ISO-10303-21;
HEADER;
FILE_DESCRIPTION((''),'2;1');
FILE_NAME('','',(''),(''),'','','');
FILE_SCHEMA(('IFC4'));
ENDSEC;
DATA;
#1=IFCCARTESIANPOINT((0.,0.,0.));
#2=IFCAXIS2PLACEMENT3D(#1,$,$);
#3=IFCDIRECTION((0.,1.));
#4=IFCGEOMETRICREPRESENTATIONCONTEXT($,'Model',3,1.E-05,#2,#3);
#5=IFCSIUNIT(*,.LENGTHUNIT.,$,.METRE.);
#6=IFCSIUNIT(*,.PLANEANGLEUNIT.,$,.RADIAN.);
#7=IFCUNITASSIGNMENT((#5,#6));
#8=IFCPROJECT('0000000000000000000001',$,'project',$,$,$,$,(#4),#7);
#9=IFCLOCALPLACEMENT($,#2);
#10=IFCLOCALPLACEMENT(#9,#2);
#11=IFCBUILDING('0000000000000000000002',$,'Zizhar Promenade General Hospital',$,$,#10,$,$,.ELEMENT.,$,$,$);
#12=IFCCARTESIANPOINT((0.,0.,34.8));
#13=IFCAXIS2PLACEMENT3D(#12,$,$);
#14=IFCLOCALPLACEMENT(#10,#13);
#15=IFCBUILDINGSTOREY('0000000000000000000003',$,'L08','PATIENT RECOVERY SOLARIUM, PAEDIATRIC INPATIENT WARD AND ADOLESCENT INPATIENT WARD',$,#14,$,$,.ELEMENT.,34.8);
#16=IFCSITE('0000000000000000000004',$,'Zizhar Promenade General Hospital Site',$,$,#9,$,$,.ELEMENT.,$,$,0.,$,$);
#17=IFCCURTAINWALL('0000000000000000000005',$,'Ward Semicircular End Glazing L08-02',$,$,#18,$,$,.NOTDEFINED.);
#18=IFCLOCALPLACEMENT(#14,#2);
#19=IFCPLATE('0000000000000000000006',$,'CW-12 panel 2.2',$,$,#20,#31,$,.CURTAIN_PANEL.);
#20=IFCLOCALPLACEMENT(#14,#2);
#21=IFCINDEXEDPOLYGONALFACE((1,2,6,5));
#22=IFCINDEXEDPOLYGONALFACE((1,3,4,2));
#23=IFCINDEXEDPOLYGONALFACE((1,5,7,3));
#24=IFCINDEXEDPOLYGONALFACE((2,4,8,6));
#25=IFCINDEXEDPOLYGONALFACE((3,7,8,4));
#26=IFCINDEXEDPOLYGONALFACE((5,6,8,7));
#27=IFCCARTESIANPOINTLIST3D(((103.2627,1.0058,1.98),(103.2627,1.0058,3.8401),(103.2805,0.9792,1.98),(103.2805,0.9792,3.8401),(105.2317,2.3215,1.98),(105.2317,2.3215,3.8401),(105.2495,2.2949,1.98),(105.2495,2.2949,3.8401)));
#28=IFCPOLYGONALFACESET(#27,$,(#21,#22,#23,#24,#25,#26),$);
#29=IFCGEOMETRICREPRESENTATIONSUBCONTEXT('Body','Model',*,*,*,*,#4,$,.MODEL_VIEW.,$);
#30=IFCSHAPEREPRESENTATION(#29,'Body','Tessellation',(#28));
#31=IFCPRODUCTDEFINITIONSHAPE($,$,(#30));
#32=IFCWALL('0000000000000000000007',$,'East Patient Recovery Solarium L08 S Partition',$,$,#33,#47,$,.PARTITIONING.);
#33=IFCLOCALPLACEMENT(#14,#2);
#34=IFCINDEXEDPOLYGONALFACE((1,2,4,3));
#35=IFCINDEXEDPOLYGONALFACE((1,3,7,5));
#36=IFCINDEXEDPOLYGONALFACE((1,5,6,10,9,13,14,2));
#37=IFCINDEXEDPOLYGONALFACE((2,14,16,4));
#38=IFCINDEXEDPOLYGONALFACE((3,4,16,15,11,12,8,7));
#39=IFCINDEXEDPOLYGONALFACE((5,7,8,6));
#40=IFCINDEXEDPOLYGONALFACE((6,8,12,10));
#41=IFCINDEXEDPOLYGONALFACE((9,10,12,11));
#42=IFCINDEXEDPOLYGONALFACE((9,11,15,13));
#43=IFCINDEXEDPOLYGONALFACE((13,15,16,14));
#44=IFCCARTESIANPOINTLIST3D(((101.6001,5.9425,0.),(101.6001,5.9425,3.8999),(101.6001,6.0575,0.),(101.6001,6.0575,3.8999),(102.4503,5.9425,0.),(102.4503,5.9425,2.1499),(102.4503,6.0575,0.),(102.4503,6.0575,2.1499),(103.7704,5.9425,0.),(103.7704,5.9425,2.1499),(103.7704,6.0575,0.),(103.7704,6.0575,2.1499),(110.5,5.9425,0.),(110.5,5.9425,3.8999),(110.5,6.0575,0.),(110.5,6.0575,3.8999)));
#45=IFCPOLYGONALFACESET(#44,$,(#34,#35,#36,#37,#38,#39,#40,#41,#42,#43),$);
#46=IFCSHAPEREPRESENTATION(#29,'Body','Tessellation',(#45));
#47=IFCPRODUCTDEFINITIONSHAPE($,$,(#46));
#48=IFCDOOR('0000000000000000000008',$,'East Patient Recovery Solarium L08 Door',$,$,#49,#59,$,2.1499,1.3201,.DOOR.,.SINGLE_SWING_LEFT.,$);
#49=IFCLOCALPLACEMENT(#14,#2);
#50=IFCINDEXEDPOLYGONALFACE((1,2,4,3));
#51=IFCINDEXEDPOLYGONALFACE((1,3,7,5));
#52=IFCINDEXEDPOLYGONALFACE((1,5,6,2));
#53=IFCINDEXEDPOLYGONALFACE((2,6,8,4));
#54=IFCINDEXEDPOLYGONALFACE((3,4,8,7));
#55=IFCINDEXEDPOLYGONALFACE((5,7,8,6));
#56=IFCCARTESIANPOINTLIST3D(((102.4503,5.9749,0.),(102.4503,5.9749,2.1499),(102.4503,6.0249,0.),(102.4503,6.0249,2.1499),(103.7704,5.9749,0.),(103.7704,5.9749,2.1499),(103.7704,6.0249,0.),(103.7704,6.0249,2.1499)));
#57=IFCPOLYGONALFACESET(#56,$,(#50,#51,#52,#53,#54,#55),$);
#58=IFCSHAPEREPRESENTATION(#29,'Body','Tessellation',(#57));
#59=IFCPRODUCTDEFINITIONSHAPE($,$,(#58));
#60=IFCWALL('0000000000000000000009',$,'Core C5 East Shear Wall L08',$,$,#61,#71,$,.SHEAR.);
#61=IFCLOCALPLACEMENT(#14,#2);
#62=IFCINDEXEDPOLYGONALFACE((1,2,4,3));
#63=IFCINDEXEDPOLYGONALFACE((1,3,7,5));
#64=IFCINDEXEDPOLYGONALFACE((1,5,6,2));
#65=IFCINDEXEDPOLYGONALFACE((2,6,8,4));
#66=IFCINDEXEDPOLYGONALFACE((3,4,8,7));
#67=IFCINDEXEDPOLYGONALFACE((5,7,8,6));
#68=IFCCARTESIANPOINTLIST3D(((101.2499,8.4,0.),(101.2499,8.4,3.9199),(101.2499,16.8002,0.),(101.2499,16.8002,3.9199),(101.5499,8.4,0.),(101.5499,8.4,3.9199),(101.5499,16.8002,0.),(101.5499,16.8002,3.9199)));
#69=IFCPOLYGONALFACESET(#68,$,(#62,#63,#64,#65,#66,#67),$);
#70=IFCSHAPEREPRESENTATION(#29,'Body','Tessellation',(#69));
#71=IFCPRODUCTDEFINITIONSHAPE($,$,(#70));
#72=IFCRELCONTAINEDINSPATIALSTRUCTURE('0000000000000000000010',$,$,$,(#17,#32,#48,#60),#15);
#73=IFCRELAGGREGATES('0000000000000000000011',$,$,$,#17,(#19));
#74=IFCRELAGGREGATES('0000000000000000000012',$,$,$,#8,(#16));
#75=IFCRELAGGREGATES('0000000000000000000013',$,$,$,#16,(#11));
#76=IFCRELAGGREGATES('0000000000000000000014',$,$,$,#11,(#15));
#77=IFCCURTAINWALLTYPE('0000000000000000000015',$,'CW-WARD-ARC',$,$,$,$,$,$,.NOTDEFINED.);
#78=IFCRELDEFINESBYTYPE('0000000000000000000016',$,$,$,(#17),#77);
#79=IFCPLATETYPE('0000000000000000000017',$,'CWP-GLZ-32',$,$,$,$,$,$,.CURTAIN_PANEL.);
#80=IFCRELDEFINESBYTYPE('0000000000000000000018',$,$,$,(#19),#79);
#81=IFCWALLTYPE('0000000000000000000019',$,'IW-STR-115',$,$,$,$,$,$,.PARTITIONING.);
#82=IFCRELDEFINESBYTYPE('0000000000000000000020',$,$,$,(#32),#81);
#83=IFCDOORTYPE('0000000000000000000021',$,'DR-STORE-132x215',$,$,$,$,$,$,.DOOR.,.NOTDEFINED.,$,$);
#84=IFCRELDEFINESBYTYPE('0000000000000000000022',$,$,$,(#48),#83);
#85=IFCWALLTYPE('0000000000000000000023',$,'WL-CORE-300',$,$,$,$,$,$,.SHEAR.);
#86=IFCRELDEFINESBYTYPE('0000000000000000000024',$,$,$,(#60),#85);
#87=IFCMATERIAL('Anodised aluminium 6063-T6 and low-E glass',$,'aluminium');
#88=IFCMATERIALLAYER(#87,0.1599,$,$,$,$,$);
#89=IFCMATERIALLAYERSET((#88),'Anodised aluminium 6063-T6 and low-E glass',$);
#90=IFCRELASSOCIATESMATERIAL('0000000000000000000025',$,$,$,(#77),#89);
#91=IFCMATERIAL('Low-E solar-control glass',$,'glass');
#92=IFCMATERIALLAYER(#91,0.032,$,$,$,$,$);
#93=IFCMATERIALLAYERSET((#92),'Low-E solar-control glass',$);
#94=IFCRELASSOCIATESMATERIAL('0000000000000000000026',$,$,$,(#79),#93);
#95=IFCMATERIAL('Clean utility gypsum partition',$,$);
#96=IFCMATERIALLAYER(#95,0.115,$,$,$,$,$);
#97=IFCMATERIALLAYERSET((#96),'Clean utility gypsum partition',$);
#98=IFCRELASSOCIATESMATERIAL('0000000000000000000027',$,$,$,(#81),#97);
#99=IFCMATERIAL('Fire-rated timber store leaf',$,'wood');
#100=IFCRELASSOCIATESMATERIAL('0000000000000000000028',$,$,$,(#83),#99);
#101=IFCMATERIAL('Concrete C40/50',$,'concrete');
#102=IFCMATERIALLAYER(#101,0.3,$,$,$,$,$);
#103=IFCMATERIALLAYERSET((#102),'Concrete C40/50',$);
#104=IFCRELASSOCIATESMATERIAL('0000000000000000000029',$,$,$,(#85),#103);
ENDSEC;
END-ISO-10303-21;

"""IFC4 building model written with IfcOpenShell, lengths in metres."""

from ifc_helpers import new_model, si_unit, direction, frame, frame_2d, origin, origin_2d, place, context, subcontext, project, spatial, rectangle, extrude, material, layer, layer_set, type_object, element, fill, aggregate, save


model = new_model("IFC4")

# Units and contexts
model_context = context("Model", 3, precision=1e-05, world=origin(), true_north=direction((0.0, 1.0)))
body_context = subcontext(model_context, "Body", "Model", "MODEL_VIEW")
ifc_project = project(units=[si_unit("LENGTHUNIT", "METRE"), si_unit("PLANEANGLEUNIT", "RADIAN")], contexts=[model_context])

# Site, building, storey
site_placement = place(None, origin())
site = spatial("IfcSite", under=ifc_project, at=site_placement, Name="Zizhar Promenade General Hospital Site", CompositionType="ELEMENT", RefElevation=0.0)
building_placement = place(site_placement, origin())
building = spatial("IfcBuilding", under=site, at=building_placement, Name="Zizhar Promenade General Hospital", CompositionType="ELEMENT")
storey_placement = place(building_placement, frame((0.0, 0.0, 34.8)))
storey = spatial("IfcBuildingStorey", under=building, at=storey_placement, Name="L08", Description="PATIENT RECOVERY SOLARIUM, PAEDIATRIC INPATIENT WARD AND ADOLESCENT INPATIENT WARD", CompositionType="ELEMENT", Elevation=34.8)

# Curtain wall
ifc_material_1 = material(Name="Anodised aluminium 6063-T6 and low-E glass", Category="aluminium")
ifc_layer_1 = layer(ifc_material_1, 0.1599)
ifc_layer_set_1 = layer_set([ifc_layer_1], Name="Anodised aluminium 6063-T6 and low-E glass")
curtain_wall_type = type_object("IfcCurtainWallType", Name="CW-WARD-ARC", PredefinedType="NOTDEFINED", material=ifc_layer_set_1)
curtain_wall_1_placement = place(storey_placement, origin())
curtain_wall_1 = element("IfcCurtainWall", 1, at=curtain_wall_1_placement, inside=storey, type_object=curtain_wall_type, Name="Ward Semicircular End Glazing L08-02", PredefinedType="NOTDEFINED")

# Plate
ifc_material_2 = material(Name="Low-E solar-control glass", Category="glass")
ifc_layer_2 = layer(ifc_material_2, 0.032)
ifc_layer_set_2 = layer_set([ifc_layer_2], Name="Low-E solar-control glass")
plate_type = type_object("IfcPlateType", Name="CWP-GLZ-32", PredefinedType="CURTAIN_PANEL", material=ifc_layer_set_2)
plate_1_placement = place(storey_placement, frame((104.2561, 1.6504, 1.98), z_axis=(0.0, 0.0, 1.0), x_axis=(-0.831462, -0.555582, 0.0)))
plate_1 = element("IfcPlate", 2, at=plate_1_placement, type_object=plate_type, Name="CW-12 panel 2.2", PredefinedType="CURTAIN_PANEL", context=body_context, shape_type="SweptSolid", body=[
    extrude(rectangle(XDim=2.3682, YDim=0.032, at=origin_2d()), origin(), (0.0, 0.0, 1.0), 1.8601),
])
aggregate(curtain_wall_1, [plate_1])

# Wall, opening, door
ifc_material_3 = material(Name="Clean utility gypsum partition")
ifc_layer_3 = layer(ifc_material_3, 0.115)
ifc_layer_set_3 = layer_set([ifc_layer_3], Name="Clean utility gypsum partition")
wall_type_1 = type_object("IfcWallType", Name="IW-STR-115", PredefinedType="PARTITIONING", material=ifc_layer_set_3)
wall_1_placement = place(storey_placement, frame((101.6001, 6.0, 0.0), z_axis=(0.0, 0.0, 1.0), x_axis=(1.0, 0.0, 0.0)))
wall_1 = element("IfcWall", 3, at=wall_1_placement, inside=storey, type_object=wall_type_1, Name="East Patient Recovery Solarium L08 S Partition", PredefinedType="PARTITIONING", context=body_context, shape_type="SweptSolid", body=[
    extrude(rectangle(XDim=8.8999, YDim=0.115, at=frame_2d((4.45, 0.0))), origin(), (0.0, 0.0, 1.0), 3.8999),
])
opening_placement = place(wall_1_placement, frame((0.8501, 0.0, 0.0)))
opening = element("IfcOpeningElement", 4, at=opening_placement, cuts=wall_1, PredefinedType="OPENING", context=body_context, shape_type="SweptSolid", body=[
    extrude(rectangle(XDim=1.3201, YDim=2.1499, at=frame_2d((0.6602, 1.075))), frame((0.0, 0.0674, 0.0), z_axis=(0.0, -1.0, 0.0), x_axis=(1.0, 0.0, 0.0)), (0.0, 0.0, 1.0), 0.135),
])
ifc_material_4 = material(Name="Fire-rated timber store leaf", Category="wood")
door_type = type_object("IfcDoorType", Name="DR-STORE-132x215", OperationType="NOTDEFINED", PredefinedType="DOOR", material=ifc_material_4)
door_placement = place(opening_placement, origin())
door = element("IfcDoor", 5, at=door_placement, inside=storey, type_object=door_type, Name="East Patient Recovery Solarium L08 Door", OperationType="SINGLE_SWING_LEFT", OverallHeight=2.1499, OverallWidth=1.3201, PredefinedType="DOOR", context=body_context, shape_type="SweptSolid", body=[
    extrude(rectangle(XDim=1.3201, YDim=2.1499, at=frame_2d((0.6602, 1.075))), frame((0.0, 0.0249, 0.0), z_axis=(0.0, -1.0, 0.0), x_axis=(1.0, 0.0, 0.0)), (0.0, 0.0, 1.0), 0.05),
])
fill(opening, door)

# Wall
ifc_material_5 = material(Name="Concrete C40/50", Category="concrete")
ifc_layer_4 = layer(ifc_material_5, 0.3)
ifc_layer_set_4 = layer_set([ifc_layer_4], Name="Concrete C40/50")
wall_type_2 = type_object("IfcWallType", Name="WL-CORE-300", PredefinedType="SHEAR", material=ifc_layer_set_4)
wall_2_placement = place(storey_placement, frame((101.3999, 8.3999, 0.0), z_axis=(0.0, 0.0, 1.0), x_axis=(0.0, 1.0, 0.0)))
element("IfcWall", 6, at=wall_2_placement, inside=storey, type_object=wall_type_2, Name="Core C5 East Shear Wall L08", PredefinedType="SHEAR", context=body_context, shape_type="SweptSolid", body=[
    extrude(rectangle(XDim=8.4001, YDim=0.3, at=frame_2d((4.2002, 0.0))), origin(), (0.0, 0.0, 1.0), 3.9199),
])

save(model, "model.ifc")
